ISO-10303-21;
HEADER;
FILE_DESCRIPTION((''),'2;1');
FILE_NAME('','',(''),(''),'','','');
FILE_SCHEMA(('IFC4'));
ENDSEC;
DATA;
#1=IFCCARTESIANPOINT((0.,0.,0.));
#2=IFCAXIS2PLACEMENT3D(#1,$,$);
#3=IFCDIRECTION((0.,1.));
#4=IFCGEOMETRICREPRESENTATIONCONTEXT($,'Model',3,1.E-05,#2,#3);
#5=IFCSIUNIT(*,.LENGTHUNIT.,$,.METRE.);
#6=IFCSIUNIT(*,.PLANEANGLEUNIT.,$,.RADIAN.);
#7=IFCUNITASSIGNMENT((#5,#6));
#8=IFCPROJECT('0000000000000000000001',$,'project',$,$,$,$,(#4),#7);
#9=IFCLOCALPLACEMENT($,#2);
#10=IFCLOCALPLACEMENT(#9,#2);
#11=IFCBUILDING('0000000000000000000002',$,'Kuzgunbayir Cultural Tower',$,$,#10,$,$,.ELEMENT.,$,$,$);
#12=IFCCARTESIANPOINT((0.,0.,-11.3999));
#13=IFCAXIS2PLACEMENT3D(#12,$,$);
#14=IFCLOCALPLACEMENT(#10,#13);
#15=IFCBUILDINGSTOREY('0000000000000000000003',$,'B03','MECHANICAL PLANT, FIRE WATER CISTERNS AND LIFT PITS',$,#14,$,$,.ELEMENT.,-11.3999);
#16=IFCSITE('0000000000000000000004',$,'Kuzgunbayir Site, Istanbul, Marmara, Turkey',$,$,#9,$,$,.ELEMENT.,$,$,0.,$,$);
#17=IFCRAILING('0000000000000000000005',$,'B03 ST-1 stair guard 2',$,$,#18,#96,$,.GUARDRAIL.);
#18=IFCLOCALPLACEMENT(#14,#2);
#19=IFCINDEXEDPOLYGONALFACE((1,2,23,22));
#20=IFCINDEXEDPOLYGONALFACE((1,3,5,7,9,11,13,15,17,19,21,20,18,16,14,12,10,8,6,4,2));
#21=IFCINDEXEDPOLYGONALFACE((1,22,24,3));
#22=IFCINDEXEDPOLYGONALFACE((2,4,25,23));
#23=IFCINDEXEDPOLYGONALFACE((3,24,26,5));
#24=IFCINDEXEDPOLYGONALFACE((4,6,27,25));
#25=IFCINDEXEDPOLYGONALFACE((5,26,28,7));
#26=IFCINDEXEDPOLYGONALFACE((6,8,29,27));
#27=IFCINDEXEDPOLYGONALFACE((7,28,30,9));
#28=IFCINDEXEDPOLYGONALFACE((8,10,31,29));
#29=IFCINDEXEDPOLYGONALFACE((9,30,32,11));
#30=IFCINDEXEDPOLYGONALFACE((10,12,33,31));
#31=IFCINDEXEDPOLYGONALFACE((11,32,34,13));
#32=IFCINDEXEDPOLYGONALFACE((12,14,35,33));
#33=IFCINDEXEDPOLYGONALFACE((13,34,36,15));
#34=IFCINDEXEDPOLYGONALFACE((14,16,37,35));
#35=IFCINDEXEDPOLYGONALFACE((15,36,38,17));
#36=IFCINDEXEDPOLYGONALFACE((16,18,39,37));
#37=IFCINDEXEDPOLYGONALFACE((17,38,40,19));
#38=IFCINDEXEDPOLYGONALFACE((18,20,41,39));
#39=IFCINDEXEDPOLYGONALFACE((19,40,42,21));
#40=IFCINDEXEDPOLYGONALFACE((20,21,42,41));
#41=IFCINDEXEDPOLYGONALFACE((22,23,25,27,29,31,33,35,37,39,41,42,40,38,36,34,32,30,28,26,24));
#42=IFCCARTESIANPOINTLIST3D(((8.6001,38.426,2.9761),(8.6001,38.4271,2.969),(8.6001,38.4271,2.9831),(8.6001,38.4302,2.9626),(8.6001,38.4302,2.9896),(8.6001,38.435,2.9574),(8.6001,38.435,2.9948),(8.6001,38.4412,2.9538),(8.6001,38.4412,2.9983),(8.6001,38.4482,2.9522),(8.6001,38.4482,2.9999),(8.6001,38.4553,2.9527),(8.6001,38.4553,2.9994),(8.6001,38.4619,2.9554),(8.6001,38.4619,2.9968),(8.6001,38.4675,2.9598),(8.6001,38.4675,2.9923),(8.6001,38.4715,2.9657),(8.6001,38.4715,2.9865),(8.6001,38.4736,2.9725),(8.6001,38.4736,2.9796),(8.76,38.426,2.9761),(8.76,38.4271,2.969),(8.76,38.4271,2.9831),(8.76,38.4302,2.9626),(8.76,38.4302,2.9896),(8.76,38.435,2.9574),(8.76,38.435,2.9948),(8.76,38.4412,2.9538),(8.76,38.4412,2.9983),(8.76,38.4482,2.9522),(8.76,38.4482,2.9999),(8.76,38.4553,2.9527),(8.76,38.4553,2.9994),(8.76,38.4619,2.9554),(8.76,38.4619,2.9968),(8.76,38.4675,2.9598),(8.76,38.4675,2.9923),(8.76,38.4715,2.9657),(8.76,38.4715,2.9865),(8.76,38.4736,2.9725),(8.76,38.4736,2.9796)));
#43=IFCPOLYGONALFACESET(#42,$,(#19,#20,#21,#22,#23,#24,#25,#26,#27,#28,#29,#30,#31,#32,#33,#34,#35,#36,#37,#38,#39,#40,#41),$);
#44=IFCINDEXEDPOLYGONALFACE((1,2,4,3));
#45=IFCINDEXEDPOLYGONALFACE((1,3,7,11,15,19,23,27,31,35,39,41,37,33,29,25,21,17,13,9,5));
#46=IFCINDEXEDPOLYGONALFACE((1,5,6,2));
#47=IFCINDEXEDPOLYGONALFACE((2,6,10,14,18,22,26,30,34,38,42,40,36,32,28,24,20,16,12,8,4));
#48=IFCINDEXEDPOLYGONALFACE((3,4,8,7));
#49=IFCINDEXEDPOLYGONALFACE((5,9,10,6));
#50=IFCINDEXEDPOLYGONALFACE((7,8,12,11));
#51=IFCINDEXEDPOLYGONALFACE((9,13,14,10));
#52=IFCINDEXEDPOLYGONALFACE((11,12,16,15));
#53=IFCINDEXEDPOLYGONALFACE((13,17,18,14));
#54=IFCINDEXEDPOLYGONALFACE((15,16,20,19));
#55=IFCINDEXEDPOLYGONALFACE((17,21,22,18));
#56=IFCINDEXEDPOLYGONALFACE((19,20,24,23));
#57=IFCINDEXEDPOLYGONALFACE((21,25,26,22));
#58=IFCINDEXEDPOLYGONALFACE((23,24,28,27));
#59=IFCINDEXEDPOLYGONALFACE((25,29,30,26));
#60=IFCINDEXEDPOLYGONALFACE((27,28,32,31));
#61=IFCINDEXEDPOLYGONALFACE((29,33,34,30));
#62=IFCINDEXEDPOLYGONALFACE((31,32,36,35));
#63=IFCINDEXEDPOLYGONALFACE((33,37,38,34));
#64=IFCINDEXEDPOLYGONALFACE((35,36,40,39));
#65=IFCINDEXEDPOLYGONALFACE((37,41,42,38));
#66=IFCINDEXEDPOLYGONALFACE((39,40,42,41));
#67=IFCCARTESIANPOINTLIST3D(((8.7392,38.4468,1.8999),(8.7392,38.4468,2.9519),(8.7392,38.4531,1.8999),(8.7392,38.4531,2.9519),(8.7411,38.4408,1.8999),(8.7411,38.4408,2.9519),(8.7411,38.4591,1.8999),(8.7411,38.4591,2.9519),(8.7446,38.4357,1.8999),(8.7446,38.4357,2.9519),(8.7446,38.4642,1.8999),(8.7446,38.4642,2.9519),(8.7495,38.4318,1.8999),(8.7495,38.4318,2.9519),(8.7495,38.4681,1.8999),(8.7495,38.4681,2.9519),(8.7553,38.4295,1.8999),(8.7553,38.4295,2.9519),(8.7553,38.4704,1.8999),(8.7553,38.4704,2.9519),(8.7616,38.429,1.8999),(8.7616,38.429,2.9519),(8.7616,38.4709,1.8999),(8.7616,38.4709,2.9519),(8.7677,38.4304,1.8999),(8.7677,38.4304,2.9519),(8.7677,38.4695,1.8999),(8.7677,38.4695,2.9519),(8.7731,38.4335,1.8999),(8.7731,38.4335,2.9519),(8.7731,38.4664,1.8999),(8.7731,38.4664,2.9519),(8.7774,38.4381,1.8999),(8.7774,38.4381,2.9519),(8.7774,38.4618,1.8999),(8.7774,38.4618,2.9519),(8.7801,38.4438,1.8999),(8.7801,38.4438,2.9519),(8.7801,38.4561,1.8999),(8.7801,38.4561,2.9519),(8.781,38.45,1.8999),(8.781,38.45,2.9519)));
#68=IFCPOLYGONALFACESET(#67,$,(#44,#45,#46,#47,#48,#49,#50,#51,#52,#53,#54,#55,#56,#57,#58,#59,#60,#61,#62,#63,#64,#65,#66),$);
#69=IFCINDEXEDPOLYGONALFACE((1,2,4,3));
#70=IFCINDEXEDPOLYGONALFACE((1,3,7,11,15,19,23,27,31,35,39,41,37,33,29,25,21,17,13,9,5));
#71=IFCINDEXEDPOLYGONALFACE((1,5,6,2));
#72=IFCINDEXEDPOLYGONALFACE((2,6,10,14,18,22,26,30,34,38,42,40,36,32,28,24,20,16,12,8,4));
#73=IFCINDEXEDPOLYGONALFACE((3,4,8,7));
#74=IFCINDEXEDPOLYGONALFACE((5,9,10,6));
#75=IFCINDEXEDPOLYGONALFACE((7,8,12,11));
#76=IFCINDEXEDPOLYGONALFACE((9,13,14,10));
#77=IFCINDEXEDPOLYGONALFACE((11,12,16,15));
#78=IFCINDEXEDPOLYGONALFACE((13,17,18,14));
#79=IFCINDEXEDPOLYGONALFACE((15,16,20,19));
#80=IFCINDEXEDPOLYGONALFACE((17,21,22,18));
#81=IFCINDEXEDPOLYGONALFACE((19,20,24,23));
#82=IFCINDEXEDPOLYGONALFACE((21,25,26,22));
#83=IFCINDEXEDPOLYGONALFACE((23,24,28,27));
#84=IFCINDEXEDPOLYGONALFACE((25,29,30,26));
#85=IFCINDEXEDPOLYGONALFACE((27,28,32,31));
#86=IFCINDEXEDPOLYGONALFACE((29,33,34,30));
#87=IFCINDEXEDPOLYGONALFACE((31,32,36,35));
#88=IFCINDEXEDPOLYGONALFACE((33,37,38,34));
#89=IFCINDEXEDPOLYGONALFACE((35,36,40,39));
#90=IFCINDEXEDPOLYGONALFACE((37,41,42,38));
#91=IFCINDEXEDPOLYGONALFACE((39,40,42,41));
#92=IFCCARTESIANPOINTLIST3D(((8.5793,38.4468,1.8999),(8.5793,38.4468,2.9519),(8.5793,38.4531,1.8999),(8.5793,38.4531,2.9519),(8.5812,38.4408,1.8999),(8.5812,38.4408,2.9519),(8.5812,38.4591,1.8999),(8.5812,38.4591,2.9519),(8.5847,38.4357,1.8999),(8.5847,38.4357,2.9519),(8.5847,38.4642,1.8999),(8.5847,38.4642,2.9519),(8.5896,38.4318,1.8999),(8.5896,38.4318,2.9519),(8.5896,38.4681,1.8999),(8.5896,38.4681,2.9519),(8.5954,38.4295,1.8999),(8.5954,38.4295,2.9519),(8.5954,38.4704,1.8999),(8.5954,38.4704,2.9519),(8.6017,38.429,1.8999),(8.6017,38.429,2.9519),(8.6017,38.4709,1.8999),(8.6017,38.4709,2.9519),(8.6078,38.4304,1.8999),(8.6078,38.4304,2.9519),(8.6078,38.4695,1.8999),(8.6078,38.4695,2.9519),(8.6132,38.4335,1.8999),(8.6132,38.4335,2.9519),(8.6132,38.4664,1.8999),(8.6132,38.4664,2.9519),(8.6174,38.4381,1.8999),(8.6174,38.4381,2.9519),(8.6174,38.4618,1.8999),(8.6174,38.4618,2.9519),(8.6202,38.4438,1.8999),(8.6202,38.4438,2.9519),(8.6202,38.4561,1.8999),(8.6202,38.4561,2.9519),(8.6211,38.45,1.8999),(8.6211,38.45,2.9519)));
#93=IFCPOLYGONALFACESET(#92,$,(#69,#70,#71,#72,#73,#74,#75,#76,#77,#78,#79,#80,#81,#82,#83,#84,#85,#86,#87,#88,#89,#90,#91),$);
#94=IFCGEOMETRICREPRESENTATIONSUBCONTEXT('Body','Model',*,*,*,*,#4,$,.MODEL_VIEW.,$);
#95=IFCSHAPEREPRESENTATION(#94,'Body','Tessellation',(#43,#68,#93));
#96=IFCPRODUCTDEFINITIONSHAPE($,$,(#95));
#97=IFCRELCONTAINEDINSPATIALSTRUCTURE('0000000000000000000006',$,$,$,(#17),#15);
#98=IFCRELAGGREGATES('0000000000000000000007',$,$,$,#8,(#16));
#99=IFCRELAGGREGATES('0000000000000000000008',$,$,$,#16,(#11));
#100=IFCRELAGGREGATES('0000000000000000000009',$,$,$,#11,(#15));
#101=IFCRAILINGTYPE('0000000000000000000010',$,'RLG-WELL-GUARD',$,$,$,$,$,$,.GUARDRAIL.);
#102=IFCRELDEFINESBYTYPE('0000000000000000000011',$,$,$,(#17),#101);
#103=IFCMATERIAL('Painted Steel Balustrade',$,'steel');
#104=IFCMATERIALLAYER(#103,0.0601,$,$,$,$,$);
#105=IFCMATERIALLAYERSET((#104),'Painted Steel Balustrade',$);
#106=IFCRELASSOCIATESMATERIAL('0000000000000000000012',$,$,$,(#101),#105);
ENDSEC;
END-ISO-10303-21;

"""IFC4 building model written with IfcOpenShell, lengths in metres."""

from ifc_helpers import new_model, si_unit, direction, frame, origin, origin_2d, place, context, subcontext, project, spatial, circle, extrude, material, layer, layer_set, type_object, element, save


model = new_model("IFC4")

# Units and contexts
model_context = context("Model", 3, precision=1e-05, world=origin(), true_north=direction((0.0, 1.0)))
body_context = subcontext(model_context, "Body", "Model", "MODEL_VIEW")
ifc_project = project(units=[si_unit("LENGTHUNIT", "METRE"), si_unit("PLANEANGLEUNIT", "RADIAN")], contexts=[model_context])

# Site, building, storey
site_placement = place(None, origin())
site = spatial("IfcSite", under=ifc_project, at=site_placement, Name="Kuzgunbayir Site, Istanbul, Marmara, Turkey", CompositionType="ELEMENT", RefElevation=0.0)
building_placement = place(site_placement, origin())
building = spatial("IfcBuilding", under=site, at=building_placement, Name="Kuzgunbayir Cultural Tower", CompositionType="ELEMENT")
storey_placement = place(building_placement, frame((0.0, 0.0, -11.3999)))
storey = spatial("IfcBuildingStorey", under=building, at=storey_placement, Name="B03", Description="MECHANICAL PLANT, FIRE WATER CISTERNS AND LIFT PITS", CompositionType="ELEMENT", Elevation=-11.3999)

# Railing
ifc_material_1 = material(Name="Painted Steel Balustrade", Category="steel")
ifc_layer_1 = layer(ifc_material_1, 0.0601)
ifc_layer_set_1 = layer_set([ifc_layer_1], Name="Painted Steel Balustrade")
railing_type_1 = type_object("IfcRailingType", Name="RLG-WELL-GUARD", PredefinedType="GUARDRAIL", material=ifc_layer_set_1)
railing_1_placement = place(storey_placement, frame((8.76, 38.45, 1.8999)))
element("IfcRailing", 1, at=railing_1_placement, inside=storey, type_object=railing_type_1, Name="B03 ST-1 stair guard 2", PredefinedType="GUARDRAIL", context=body_context, shape_type="SweptSolid", body=[
    extrude(circle(Radius=0.0239, at=origin_2d()), frame((0.0, 0.0, 1.0762), z_axis=(-1.0, 0.0, 0.0), x_axis=(0.0, -1.0, 0.0)), (0.0, 0.0, 1.0), 0.1599),
    extrude(circle(Radius=0.021, at=origin_2d()), origin(), (0.0, 0.0, 1.0), 1.052),
    extrude(circle(Radius=0.021, at=origin_2d()), frame((-0.1599, 0.0, 0.0)), (0.0, 0.0, 1.0), 1.052),
])

save(model, "model.ifc")
